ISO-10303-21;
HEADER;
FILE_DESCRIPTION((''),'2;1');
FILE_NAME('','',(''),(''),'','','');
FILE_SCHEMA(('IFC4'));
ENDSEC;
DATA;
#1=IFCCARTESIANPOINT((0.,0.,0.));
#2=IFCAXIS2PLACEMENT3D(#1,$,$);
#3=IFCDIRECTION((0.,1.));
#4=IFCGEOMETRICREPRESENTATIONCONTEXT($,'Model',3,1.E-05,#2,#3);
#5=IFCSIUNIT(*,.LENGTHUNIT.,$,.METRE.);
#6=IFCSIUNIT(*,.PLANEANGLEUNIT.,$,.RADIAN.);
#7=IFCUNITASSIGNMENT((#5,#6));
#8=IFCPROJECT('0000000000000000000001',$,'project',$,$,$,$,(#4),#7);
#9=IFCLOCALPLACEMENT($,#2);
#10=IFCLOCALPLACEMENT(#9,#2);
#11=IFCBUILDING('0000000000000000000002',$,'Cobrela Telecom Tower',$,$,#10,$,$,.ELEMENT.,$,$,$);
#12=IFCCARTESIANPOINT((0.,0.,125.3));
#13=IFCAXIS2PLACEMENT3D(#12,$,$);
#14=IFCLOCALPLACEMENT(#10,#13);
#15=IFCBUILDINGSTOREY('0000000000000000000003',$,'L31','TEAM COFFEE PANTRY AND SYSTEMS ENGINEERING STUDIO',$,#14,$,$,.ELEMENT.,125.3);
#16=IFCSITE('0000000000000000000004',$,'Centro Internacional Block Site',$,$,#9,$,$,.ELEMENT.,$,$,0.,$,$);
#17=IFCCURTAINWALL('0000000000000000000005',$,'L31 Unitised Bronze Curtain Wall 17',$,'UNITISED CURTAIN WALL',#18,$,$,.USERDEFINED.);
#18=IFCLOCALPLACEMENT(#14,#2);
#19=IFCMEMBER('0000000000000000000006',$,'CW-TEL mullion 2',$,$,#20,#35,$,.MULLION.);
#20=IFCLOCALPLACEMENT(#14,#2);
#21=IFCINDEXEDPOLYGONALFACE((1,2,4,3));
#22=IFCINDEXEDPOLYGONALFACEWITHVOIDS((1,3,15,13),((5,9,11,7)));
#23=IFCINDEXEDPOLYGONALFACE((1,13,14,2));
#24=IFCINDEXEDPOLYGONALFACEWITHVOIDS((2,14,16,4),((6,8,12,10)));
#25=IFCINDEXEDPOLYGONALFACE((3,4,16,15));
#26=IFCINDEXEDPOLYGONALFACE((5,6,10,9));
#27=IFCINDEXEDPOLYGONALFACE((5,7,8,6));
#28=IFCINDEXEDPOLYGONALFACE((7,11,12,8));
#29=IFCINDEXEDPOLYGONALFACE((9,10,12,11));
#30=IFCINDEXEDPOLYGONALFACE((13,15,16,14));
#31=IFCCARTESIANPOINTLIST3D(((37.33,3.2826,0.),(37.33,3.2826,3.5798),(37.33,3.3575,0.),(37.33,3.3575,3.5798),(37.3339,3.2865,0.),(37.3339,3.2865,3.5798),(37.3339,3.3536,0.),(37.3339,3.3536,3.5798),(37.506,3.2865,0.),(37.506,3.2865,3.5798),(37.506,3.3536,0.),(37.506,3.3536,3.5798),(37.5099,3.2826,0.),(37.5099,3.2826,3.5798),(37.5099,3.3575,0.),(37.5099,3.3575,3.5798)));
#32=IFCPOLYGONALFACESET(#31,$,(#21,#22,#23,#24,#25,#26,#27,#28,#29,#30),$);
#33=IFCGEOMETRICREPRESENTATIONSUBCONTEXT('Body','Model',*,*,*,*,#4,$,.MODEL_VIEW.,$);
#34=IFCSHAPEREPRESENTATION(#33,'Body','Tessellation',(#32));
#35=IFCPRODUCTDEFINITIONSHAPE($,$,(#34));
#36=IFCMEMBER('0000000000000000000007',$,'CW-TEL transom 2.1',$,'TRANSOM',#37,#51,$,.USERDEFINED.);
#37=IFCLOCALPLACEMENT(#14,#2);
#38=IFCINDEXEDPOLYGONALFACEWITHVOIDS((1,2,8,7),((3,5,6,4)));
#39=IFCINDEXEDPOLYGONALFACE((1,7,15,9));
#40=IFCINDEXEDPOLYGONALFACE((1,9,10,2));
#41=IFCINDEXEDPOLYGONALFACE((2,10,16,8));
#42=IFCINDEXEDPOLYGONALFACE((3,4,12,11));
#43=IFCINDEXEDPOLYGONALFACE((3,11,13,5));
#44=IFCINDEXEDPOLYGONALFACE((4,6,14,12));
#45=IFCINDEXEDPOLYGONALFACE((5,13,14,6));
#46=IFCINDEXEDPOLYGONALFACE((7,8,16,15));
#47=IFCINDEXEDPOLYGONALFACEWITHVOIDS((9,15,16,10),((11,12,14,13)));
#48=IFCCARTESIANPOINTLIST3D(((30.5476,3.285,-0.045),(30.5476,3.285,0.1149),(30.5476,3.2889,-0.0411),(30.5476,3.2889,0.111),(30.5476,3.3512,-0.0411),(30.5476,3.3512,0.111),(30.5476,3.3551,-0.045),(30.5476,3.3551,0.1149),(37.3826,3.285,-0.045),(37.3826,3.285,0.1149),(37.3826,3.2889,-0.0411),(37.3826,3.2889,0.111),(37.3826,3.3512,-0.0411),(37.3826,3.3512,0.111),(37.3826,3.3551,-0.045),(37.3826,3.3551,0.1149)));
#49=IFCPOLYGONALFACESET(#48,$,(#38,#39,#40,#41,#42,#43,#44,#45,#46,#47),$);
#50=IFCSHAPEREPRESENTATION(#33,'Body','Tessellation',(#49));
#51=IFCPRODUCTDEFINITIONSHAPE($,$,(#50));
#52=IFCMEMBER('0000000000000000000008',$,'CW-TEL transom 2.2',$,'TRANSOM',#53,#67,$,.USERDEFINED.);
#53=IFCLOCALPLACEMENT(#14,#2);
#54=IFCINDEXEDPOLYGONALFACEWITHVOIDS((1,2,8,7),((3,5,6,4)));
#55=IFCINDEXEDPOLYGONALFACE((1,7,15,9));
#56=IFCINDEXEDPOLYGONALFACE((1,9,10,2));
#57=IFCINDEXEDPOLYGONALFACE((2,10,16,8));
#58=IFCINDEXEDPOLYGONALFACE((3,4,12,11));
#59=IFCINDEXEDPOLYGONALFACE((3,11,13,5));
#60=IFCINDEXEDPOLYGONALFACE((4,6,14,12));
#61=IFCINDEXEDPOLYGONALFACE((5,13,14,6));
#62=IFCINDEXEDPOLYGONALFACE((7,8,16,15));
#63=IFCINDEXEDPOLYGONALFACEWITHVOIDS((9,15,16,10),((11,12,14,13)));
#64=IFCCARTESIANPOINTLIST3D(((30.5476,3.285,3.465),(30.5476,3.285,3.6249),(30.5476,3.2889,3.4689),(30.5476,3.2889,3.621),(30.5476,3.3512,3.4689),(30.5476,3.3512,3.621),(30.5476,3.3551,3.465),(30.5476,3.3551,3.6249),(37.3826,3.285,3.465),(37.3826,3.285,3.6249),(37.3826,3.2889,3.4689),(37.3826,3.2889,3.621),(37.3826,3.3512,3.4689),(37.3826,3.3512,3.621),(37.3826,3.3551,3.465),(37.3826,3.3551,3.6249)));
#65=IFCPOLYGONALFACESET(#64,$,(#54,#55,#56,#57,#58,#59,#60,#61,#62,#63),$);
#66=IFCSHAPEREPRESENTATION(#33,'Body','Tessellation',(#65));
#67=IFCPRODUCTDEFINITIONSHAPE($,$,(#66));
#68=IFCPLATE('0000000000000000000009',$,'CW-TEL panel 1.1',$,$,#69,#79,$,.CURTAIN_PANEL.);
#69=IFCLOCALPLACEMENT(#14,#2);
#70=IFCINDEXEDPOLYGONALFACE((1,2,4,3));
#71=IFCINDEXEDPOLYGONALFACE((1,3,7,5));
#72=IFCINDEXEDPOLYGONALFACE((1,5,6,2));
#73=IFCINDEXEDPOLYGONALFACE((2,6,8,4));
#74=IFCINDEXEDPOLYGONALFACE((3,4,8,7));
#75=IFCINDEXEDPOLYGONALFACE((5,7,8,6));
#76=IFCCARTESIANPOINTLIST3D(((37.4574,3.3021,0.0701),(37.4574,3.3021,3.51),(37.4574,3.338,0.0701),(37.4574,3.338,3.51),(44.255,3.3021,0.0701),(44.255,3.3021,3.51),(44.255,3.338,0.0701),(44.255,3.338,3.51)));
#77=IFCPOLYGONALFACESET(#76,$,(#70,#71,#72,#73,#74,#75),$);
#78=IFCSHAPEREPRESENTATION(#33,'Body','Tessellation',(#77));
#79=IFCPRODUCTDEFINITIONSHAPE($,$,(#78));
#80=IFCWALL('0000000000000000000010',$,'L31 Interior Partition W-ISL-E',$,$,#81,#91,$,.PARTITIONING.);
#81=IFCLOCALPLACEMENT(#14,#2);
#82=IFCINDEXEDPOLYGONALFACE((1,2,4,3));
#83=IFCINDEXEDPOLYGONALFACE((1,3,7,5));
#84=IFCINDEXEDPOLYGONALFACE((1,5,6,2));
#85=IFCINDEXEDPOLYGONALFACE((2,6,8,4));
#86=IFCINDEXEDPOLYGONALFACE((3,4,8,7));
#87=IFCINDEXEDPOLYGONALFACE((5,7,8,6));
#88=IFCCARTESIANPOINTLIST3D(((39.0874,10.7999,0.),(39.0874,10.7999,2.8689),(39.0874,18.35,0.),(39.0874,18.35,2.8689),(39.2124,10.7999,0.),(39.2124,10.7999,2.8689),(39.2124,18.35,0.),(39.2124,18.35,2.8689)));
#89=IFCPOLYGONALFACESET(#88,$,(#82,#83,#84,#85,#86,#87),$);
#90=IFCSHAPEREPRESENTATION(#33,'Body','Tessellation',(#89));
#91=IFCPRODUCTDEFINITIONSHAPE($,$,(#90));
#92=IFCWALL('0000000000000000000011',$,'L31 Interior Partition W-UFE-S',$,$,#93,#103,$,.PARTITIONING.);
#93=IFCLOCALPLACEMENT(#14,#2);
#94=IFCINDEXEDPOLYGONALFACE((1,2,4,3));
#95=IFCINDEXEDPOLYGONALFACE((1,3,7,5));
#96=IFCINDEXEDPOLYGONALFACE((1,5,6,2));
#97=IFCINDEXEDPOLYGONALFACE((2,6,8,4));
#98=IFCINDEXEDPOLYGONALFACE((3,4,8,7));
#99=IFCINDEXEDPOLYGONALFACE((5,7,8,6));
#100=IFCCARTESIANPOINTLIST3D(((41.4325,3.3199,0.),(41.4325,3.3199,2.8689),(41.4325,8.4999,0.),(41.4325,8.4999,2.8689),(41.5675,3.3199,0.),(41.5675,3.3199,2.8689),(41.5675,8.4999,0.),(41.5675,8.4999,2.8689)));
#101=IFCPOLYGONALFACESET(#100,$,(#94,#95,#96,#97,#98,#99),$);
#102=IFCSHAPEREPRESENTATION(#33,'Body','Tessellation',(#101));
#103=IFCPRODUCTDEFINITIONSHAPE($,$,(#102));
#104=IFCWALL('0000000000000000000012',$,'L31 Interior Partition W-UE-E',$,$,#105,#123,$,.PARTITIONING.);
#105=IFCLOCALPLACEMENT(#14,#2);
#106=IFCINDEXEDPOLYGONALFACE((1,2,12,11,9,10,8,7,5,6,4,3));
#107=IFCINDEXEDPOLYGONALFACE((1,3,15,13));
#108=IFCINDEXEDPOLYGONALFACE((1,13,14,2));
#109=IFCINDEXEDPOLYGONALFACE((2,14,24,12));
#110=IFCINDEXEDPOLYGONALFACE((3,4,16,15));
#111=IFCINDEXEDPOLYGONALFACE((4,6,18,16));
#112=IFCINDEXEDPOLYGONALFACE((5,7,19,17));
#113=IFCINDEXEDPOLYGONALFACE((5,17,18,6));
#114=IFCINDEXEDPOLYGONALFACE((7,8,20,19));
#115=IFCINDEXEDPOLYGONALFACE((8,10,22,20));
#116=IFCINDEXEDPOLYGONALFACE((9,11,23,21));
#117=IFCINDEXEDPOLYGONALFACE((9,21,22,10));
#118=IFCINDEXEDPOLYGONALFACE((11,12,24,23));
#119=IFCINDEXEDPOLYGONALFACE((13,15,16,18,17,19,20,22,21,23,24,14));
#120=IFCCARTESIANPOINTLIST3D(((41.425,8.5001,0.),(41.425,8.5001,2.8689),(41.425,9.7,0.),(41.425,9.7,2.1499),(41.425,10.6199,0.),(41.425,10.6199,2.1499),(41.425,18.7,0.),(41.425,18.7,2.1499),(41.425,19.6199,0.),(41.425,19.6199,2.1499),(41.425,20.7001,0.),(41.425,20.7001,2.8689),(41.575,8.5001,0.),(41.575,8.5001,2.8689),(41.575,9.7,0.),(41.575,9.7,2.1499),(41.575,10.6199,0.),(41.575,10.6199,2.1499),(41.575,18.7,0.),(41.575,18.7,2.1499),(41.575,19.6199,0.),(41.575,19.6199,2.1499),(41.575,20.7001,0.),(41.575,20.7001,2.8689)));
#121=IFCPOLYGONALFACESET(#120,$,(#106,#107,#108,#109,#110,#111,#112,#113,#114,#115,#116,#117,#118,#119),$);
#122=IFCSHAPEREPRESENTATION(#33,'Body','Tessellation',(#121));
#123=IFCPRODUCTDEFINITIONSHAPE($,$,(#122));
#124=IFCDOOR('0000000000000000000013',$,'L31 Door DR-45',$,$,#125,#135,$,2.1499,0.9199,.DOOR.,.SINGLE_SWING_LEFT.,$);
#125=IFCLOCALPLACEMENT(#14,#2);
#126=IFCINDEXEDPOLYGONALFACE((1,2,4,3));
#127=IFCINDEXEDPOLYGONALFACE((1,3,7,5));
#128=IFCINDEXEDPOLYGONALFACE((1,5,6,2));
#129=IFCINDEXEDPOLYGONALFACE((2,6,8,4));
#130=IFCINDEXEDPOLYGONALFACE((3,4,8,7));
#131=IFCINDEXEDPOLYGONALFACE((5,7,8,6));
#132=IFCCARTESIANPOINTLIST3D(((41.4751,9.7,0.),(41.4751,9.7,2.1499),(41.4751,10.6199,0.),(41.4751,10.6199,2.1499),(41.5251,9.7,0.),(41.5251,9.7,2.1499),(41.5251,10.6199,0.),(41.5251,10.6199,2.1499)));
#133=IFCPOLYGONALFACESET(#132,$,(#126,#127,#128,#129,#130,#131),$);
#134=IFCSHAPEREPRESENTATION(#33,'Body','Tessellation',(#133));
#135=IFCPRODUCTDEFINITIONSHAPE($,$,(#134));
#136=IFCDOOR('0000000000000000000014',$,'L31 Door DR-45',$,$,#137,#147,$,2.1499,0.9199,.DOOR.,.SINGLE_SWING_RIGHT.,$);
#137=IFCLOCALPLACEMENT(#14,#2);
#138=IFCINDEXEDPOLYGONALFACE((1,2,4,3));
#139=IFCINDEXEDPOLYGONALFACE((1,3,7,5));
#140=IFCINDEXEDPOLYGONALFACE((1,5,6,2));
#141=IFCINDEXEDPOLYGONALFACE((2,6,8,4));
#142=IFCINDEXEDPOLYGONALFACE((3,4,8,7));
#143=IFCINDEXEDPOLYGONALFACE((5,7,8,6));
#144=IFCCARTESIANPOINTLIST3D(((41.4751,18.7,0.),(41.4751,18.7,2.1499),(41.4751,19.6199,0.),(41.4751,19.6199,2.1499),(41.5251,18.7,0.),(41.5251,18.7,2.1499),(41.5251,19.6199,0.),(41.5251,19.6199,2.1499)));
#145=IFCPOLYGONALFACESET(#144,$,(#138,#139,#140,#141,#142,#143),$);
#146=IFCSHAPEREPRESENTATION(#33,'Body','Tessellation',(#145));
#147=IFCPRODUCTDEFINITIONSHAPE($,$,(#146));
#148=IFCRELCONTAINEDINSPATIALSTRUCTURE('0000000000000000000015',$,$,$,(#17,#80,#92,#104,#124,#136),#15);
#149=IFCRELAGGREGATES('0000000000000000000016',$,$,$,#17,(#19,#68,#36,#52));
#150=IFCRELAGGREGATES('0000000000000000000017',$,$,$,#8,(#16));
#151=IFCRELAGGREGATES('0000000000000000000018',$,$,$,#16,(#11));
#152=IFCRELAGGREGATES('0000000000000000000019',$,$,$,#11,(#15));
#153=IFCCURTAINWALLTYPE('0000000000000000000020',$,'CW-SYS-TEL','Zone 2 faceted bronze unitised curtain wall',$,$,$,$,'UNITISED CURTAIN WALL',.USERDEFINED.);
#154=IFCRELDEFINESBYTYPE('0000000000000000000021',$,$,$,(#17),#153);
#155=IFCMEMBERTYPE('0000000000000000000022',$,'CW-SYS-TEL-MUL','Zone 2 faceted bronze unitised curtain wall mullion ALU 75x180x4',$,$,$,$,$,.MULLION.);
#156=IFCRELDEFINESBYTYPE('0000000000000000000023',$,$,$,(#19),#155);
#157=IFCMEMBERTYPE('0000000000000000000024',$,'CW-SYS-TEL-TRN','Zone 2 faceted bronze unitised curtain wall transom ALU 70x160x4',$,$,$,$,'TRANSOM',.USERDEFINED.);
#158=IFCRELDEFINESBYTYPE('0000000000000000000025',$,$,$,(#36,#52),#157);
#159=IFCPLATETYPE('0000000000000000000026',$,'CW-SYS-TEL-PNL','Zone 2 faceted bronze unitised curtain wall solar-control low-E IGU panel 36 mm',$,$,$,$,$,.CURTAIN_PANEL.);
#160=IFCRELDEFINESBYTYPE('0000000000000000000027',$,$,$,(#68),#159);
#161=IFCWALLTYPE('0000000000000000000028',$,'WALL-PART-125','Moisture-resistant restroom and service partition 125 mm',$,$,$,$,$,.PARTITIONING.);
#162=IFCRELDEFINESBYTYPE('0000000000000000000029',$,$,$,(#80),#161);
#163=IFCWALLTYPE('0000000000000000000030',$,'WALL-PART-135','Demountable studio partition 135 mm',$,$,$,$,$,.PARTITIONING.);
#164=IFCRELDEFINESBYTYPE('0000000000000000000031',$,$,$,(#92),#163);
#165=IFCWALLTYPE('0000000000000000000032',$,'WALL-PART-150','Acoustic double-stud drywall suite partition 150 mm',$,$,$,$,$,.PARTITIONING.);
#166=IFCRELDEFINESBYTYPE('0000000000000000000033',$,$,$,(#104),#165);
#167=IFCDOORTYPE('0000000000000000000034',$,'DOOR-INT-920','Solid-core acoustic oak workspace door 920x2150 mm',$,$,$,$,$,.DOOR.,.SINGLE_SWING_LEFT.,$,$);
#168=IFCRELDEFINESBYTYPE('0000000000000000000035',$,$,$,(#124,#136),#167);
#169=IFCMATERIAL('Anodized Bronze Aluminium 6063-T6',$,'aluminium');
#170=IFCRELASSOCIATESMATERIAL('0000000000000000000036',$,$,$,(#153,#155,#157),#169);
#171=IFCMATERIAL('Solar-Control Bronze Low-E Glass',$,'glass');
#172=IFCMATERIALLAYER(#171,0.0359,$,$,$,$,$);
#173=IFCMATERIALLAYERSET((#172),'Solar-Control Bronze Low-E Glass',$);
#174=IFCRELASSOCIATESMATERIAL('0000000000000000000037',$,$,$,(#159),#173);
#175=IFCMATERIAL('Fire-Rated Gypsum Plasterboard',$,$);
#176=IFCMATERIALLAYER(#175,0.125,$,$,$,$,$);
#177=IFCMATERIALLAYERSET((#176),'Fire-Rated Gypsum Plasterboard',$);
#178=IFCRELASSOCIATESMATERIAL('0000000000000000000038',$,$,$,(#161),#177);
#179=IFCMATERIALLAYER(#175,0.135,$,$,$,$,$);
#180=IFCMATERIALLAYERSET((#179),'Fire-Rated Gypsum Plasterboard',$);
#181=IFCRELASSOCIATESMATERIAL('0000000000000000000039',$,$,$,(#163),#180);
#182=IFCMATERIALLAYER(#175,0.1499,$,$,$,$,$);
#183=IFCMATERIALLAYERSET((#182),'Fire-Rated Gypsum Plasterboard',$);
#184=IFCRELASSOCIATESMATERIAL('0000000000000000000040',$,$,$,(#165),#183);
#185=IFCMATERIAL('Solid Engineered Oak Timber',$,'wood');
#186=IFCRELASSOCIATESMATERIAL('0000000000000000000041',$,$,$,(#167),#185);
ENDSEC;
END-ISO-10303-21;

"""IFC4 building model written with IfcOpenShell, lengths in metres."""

from ifc_helpers import new_model, si_unit, direction, frame, frame_2d, origin, origin_2d, place, context, subcontext, project, spatial, rectangle, hollow_rectangle, extrude, material, layer, layer_set, material_profile, profile_set, type_object, element, fill, aggregate, save


model = new_model("IFC4")

# Units and contexts
model_context = context("Model", 3, precision=1e-05, world=origin(), true_north=direction((0.0, 1.0)))
body_context = subcontext(model_context, "Body", "Model", "MODEL_VIEW")
ifc_project = project(units=[si_unit("LENGTHUNIT", "METRE"), si_unit("PLANEANGLEUNIT", "RADIAN")], contexts=[model_context])

# Site, building, storey
site_placement = place(None, origin())
site = spatial("IfcSite", under=ifc_project, at=site_placement, Name="Centro Internacional Block Site", CompositionType="ELEMENT", RefElevation=0.0)
building_placement = place(site_placement, origin())
building = spatial("IfcBuilding", under=site, at=building_placement, Name="Cobrela Telecom Tower", CompositionType="ELEMENT")
storey_placement = place(building_placement, frame((0.0, 0.0, 125.3)))
storey = spatial("IfcBuildingStorey", under=building, at=storey_placement, Name="L31", Description="TEAM COFFEE PANTRY AND SYSTEMS ENGINEERING STUDIO", CompositionType="ELEMENT", Elevation=125.3)

# Curtain wall, members, plate
ifc_material_1 = material(Name="Anodized Bronze Aluminium 6063-T6", Category="aluminium")
curtain_wall_type = type_object("IfcCurtainWallType", Name="CW-SYS-TEL", Description="Zone 2 faceted bronze unitised curtain wall", ElementType="UNITISED CURTAIN WALL", PredefinedType="USERDEFINED", material=ifc_material_1)
curtain_wall_placement = place(storey_placement, origin())
curtain_wall = element("IfcCurtainWall", 1, at=curtain_wall_placement, inside=storey, type_object=curtain_wall_type, Name="L31 Unitised Bronze Curtain Wall 17", ObjectType="UNITISED CURTAIN WALL", PredefinedType="USERDEFINED")
ifc_material_profile_1 = material_profile(ifc_material_1, hollow_rectangle(XDim=0.075, YDim=0.1799, WallThickness=0.0039, at=origin_2d()), Name="ALU 75x180x4")
ifc_profile_set_1 = profile_set([ifc_material_profile_1], Name="Anodized Bronze Aluminium 6063-T6")
member_type_1 = type_object("IfcMemberType", Name="CW-SYS-TEL-MUL", Description="Zone 2 faceted bronze unitised curtain wall mullion ALU 75x180x4", PredefinedType="MULLION", material=ifc_profile_set_1)
member_1_placement = place(storey_placement, frame((37.4199, 3.3201, 0.0), z_axis=(0.0, 0.0, 1.0), x_axis=(0.0, -1.0, 0.0)))
member_1 = element("IfcMember", 2, at=member_1_placement, type_object=member_type_1, Name="CW-TEL mullion 2", PredefinedType="MULLION", context=body_context, shape_type="SweptSolid", body=[
    extrude(hollow_rectangle(XDim=0.075, YDim=0.1799, WallThickness=0.0039, at=origin_2d()), origin(), (0.0, 0.0, 1.0), 3.5798),
])
ifc_material_profile_2 = material_profile(ifc_material_1, hollow_rectangle(XDim=0.0701, YDim=0.1599, WallThickness=0.0039, at=origin_2d()), Name="ALU 70x160x4")
ifc_profile_set_2 = profile_set([ifc_material_profile_2], Name="Anodized Bronze Aluminium 6063-T6")
member_type_2 = type_object("IfcMemberType", Name="CW-SYS-TEL-TRN", Description="Zone 2 faceted bronze unitised curtain wall transom ALU 70x160x4", ElementType="TRANSOM", PredefinedType="USERDEFINED", material=ifc_profile_set_2)
member_2_placement = place(storey_placement, frame((37.3826, 3.3201, 0.0349), z_axis=(-1.0, 0.0, 0.0), x_axis=(0.0, -1.0, 0.0)))
member_2 = element("IfcMember", 3, at=member_2_placement, type_object=member_type_2, Name="CW-TEL transom 2.1", ObjectType="TRANSOM", PredefinedType="USERDEFINED", context=body_context, shape_type="SweptSolid", body=[
    extrude(hollow_rectangle(XDim=0.0701, YDim=0.1599, WallThickness=0.0039, at=origin_2d()), origin(), (0.0, 0.0, 1.0), 6.835),
])
member_3_placement = place(storey_placement, frame((37.3826, 3.3201, 3.5449), z_axis=(-1.0, 0.0, 0.0), x_axis=(0.0, -1.0, 0.0)))
member_3 = element("IfcMember", 4, at=member_3_placement, type_object=member_type_2, Name="CW-TEL transom 2.2", ObjectType="TRANSOM", PredefinedType="USERDEFINED", context=body_context, shape_type="SweptSolid", body=[
    extrude(hollow_rectangle(XDim=0.0701, YDim=0.1599, WallThickness=0.0039, at=origin_2d()), origin(), (0.0, 0.0, 1.0), 6.835),
])
ifc_material_2 = material(Name="Solar-Control Bronze Low-E Glass", Category="glass")
ifc_layer_1 = layer(ifc_material_2, 0.0359)
ifc_layer_set_1 = layer_set([ifc_layer_1], Name="Solar-Control Bronze Low-E Glass")
plate_type = type_object("IfcPlateType", Name="CW-SYS-TEL-PNL", Description="Zone 2 faceted bronze unitised curtain wall solar-control low-E IGU panel 36 mm", PredefinedType="CURTAIN_PANEL", material=ifc_layer_set_1)
plate_placement = place(storey_placement, frame((40.8562, 3.3201, 0.0701), z_axis=(0.0, 0.0, 1.0), x_axis=(-1.0, 0.0, 0.0)))
plate = element("IfcPlate", 5, at=plate_placement, type_object=plate_type, Name="CW-TEL panel 1.1", PredefinedType="CURTAIN_PANEL", context=body_context, shape_type="SweptSolid", body=[
    extrude(rectangle(XDim=6.7976, YDim=0.0359, at=origin_2d()), origin(), (0.0, 0.0, 1.0), 3.4399),
])
aggregate(curtain_wall, [member_1, plate, member_2, member_3])

# Walls
ifc_material_3 = material(Name="Fire-Rated Gypsum Plasterboard")
ifc_layer_2 = layer(ifc_material_3, 0.125)
ifc_layer_set_2 = layer_set([ifc_layer_2], Name="Fire-Rated Gypsum Plasterboard")
wall_type_1 = type_object("IfcWallType", Name="WALL-PART-125", Description="Moisture-resistant restroom and service partition 125 mm", PredefinedType="PARTITIONING", material=ifc_layer_set_2)
wall_1_placement = place(storey_placement, frame((39.1499, 10.8, 0.0), z_axis=(0.0, 0.0, 1.0), x_axis=(0.0, 1.0, 0.0)))
element("IfcWall", 6, at=wall_1_placement, inside=storey, type_object=wall_type_1, Name="L31 Interior Partition W-ISL-E", PredefinedType="PARTITIONING", context=body_context, shape_type="SweptSolid", body=[
    extrude(rectangle(XDim=7.55, YDim=0.125, at=frame_2d((3.7749, 0.0))), origin(), (0.0, 0.0, 1.0), 2.8689),
])
ifc_layer_3 = layer(ifc_material_3, 0.135)
ifc_layer_set_3 = layer_set([ifc_layer_3], Name="Fire-Rated Gypsum Plasterboard")
wall_type_2 = type_object("IfcWallType", Name="WALL-PART-135", Description="Demountable studio partition 135 mm", PredefinedType="PARTITIONING", material=ifc_layer_set_3)
wall_2_placement = place(storey_placement, frame((41.5, 3.3201, 0.0), z_axis=(0.0, 0.0, 1.0), x_axis=(0.0, 1.0, 0.0)))
element("IfcWall", 7, at=wall_2_placement, inside=storey, type_object=wall_type_2, Name="L31 Interior Partition W-UFE-S", PredefinedType="PARTITIONING", context=body_context, shape_type="SweptSolid", body=[
    extrude(rectangle(XDim=5.1799, YDim=0.135, at=frame_2d((2.5898, 0.0))), origin(), (0.0, 0.0, 1.0), 2.8689),
])

# Wall, openings, doors
ifc_layer_4 = layer(ifc_material_3, 0.1499)
ifc_layer_set_4 = layer_set([ifc_layer_4], Name="Fire-Rated Gypsum Plasterboard")
wall_type_3 = type_object("IfcWallType", Name="WALL-PART-150", Description="Acoustic double-stud drywall suite partition 150 mm", PredefinedType="PARTITIONING", material=ifc_layer_set_4)
wall_3_placement = place(storey_placement, frame((41.5, 8.5, 0.0), z_axis=(0.0, 0.0, 1.0), x_axis=(0.0, 1.0, 0.0)))
wall_3 = element("IfcWall", 8, at=wall_3_placement, inside=storey, type_object=wall_type_3, Name="L31 Interior Partition W-UE-E", PredefinedType="PARTITIONING", context=body_context, shape_type="SweptSolid", body=[
    extrude(rectangle(XDim=12.2, YDim=0.1499, at=frame_2d((6.1001, 0.0))), origin(), (0.0, 0.0, 1.0), 2.8689),
])
opening_1_placement = place(wall_3_placement, frame((1.2, 0.0, 0.0)))
opening_1 = element("IfcOpeningElement", 9, at=opening_1_placement, cuts=wall_3, PredefinedType="OPENING", context=body_context, shape_type="SweptSolid", body=[
    extrude(rectangle(XDim=0.9199, YDim=2.1499, at=frame_2d((0.46, 1.075))), frame((0.0, 0.0869, 0.0), z_axis=(0.0, -1.0, 0.0), x_axis=(1.0, 0.0, 0.0)), (0.0, 0.0, 1.0), 0.1738),
])
opening_2_placement = place(wall_3_placement, frame((10.2, 0.0, 0.0)))
opening_2 = element("IfcOpeningElement", 10, at=opening_2_placement, cuts=wall_3, PredefinedType="OPENING", context=body_context, shape_type="SweptSolid", body=[
    extrude(rectangle(XDim=0.9199, YDim=2.1499, at=frame_2d((0.46, 1.075))), frame((0.0, 0.0869, 0.0), z_axis=(0.0, -1.0, 0.0), x_axis=(1.0, 0.0, 0.0)), (0.0, 0.0, 1.0), 0.1738),
])
ifc_material_4 = material(Name="Solid Engineered Oak Timber", Category="wood")
door_type = type_object("IfcDoorType", Name="DOOR-INT-920", Description="Solid-core acoustic oak workspace door 920x2150 mm", OperationType="SINGLE_SWING_LEFT", PredefinedType="DOOR", material=ifc_material_4)
door_1_placement = place(opening_1_placement, origin())
door_1 = element("IfcDoor", 11, at=door_1_placement, inside=storey, type_object=door_type, Name="L31 Door DR-45", OperationType="SINGLE_SWING_LEFT", OverallHeight=2.1499, OverallWidth=0.9199, PredefinedType="DOOR", context=body_context, shape_type="SweptSolid", body=[
    extrude(rectangle(XDim=0.9199, YDim=2.1499, at=frame_2d((0.46, 1.075))), frame((0.0, 0.0249, 0.0), z_axis=(0.0, -1.0, 0.0), x_axis=(1.0, 0.0, 0.0)), (0.0, 0.0, 1.0), 0.05),
])
fill(opening_1, door_1)
door_2_placement = place(opening_2_placement, origin())
door_2 = element("IfcDoor", 12, at=door_2_placement, inside=storey, type_object=door_type, Name="L31 Door DR-45", OperationType="SINGLE_SWING_RIGHT", OverallHeight=2.1499, OverallWidth=0.9199, PredefinedType="DOOR", context=body_context, shape_type="SweptSolid", body=[
    extrude(rectangle(XDim=0.9199, YDim=2.1499, at=frame_2d((0.46, 1.075))), frame((0.0, 0.0249, 0.0), z_axis=(0.0, -1.0, 0.0), x_axis=(1.0, 0.0, 0.0)), (0.0, 0.0, 1.0), 0.05),
])
fill(opening_2, door_2)

save(model, "model.ifc")
